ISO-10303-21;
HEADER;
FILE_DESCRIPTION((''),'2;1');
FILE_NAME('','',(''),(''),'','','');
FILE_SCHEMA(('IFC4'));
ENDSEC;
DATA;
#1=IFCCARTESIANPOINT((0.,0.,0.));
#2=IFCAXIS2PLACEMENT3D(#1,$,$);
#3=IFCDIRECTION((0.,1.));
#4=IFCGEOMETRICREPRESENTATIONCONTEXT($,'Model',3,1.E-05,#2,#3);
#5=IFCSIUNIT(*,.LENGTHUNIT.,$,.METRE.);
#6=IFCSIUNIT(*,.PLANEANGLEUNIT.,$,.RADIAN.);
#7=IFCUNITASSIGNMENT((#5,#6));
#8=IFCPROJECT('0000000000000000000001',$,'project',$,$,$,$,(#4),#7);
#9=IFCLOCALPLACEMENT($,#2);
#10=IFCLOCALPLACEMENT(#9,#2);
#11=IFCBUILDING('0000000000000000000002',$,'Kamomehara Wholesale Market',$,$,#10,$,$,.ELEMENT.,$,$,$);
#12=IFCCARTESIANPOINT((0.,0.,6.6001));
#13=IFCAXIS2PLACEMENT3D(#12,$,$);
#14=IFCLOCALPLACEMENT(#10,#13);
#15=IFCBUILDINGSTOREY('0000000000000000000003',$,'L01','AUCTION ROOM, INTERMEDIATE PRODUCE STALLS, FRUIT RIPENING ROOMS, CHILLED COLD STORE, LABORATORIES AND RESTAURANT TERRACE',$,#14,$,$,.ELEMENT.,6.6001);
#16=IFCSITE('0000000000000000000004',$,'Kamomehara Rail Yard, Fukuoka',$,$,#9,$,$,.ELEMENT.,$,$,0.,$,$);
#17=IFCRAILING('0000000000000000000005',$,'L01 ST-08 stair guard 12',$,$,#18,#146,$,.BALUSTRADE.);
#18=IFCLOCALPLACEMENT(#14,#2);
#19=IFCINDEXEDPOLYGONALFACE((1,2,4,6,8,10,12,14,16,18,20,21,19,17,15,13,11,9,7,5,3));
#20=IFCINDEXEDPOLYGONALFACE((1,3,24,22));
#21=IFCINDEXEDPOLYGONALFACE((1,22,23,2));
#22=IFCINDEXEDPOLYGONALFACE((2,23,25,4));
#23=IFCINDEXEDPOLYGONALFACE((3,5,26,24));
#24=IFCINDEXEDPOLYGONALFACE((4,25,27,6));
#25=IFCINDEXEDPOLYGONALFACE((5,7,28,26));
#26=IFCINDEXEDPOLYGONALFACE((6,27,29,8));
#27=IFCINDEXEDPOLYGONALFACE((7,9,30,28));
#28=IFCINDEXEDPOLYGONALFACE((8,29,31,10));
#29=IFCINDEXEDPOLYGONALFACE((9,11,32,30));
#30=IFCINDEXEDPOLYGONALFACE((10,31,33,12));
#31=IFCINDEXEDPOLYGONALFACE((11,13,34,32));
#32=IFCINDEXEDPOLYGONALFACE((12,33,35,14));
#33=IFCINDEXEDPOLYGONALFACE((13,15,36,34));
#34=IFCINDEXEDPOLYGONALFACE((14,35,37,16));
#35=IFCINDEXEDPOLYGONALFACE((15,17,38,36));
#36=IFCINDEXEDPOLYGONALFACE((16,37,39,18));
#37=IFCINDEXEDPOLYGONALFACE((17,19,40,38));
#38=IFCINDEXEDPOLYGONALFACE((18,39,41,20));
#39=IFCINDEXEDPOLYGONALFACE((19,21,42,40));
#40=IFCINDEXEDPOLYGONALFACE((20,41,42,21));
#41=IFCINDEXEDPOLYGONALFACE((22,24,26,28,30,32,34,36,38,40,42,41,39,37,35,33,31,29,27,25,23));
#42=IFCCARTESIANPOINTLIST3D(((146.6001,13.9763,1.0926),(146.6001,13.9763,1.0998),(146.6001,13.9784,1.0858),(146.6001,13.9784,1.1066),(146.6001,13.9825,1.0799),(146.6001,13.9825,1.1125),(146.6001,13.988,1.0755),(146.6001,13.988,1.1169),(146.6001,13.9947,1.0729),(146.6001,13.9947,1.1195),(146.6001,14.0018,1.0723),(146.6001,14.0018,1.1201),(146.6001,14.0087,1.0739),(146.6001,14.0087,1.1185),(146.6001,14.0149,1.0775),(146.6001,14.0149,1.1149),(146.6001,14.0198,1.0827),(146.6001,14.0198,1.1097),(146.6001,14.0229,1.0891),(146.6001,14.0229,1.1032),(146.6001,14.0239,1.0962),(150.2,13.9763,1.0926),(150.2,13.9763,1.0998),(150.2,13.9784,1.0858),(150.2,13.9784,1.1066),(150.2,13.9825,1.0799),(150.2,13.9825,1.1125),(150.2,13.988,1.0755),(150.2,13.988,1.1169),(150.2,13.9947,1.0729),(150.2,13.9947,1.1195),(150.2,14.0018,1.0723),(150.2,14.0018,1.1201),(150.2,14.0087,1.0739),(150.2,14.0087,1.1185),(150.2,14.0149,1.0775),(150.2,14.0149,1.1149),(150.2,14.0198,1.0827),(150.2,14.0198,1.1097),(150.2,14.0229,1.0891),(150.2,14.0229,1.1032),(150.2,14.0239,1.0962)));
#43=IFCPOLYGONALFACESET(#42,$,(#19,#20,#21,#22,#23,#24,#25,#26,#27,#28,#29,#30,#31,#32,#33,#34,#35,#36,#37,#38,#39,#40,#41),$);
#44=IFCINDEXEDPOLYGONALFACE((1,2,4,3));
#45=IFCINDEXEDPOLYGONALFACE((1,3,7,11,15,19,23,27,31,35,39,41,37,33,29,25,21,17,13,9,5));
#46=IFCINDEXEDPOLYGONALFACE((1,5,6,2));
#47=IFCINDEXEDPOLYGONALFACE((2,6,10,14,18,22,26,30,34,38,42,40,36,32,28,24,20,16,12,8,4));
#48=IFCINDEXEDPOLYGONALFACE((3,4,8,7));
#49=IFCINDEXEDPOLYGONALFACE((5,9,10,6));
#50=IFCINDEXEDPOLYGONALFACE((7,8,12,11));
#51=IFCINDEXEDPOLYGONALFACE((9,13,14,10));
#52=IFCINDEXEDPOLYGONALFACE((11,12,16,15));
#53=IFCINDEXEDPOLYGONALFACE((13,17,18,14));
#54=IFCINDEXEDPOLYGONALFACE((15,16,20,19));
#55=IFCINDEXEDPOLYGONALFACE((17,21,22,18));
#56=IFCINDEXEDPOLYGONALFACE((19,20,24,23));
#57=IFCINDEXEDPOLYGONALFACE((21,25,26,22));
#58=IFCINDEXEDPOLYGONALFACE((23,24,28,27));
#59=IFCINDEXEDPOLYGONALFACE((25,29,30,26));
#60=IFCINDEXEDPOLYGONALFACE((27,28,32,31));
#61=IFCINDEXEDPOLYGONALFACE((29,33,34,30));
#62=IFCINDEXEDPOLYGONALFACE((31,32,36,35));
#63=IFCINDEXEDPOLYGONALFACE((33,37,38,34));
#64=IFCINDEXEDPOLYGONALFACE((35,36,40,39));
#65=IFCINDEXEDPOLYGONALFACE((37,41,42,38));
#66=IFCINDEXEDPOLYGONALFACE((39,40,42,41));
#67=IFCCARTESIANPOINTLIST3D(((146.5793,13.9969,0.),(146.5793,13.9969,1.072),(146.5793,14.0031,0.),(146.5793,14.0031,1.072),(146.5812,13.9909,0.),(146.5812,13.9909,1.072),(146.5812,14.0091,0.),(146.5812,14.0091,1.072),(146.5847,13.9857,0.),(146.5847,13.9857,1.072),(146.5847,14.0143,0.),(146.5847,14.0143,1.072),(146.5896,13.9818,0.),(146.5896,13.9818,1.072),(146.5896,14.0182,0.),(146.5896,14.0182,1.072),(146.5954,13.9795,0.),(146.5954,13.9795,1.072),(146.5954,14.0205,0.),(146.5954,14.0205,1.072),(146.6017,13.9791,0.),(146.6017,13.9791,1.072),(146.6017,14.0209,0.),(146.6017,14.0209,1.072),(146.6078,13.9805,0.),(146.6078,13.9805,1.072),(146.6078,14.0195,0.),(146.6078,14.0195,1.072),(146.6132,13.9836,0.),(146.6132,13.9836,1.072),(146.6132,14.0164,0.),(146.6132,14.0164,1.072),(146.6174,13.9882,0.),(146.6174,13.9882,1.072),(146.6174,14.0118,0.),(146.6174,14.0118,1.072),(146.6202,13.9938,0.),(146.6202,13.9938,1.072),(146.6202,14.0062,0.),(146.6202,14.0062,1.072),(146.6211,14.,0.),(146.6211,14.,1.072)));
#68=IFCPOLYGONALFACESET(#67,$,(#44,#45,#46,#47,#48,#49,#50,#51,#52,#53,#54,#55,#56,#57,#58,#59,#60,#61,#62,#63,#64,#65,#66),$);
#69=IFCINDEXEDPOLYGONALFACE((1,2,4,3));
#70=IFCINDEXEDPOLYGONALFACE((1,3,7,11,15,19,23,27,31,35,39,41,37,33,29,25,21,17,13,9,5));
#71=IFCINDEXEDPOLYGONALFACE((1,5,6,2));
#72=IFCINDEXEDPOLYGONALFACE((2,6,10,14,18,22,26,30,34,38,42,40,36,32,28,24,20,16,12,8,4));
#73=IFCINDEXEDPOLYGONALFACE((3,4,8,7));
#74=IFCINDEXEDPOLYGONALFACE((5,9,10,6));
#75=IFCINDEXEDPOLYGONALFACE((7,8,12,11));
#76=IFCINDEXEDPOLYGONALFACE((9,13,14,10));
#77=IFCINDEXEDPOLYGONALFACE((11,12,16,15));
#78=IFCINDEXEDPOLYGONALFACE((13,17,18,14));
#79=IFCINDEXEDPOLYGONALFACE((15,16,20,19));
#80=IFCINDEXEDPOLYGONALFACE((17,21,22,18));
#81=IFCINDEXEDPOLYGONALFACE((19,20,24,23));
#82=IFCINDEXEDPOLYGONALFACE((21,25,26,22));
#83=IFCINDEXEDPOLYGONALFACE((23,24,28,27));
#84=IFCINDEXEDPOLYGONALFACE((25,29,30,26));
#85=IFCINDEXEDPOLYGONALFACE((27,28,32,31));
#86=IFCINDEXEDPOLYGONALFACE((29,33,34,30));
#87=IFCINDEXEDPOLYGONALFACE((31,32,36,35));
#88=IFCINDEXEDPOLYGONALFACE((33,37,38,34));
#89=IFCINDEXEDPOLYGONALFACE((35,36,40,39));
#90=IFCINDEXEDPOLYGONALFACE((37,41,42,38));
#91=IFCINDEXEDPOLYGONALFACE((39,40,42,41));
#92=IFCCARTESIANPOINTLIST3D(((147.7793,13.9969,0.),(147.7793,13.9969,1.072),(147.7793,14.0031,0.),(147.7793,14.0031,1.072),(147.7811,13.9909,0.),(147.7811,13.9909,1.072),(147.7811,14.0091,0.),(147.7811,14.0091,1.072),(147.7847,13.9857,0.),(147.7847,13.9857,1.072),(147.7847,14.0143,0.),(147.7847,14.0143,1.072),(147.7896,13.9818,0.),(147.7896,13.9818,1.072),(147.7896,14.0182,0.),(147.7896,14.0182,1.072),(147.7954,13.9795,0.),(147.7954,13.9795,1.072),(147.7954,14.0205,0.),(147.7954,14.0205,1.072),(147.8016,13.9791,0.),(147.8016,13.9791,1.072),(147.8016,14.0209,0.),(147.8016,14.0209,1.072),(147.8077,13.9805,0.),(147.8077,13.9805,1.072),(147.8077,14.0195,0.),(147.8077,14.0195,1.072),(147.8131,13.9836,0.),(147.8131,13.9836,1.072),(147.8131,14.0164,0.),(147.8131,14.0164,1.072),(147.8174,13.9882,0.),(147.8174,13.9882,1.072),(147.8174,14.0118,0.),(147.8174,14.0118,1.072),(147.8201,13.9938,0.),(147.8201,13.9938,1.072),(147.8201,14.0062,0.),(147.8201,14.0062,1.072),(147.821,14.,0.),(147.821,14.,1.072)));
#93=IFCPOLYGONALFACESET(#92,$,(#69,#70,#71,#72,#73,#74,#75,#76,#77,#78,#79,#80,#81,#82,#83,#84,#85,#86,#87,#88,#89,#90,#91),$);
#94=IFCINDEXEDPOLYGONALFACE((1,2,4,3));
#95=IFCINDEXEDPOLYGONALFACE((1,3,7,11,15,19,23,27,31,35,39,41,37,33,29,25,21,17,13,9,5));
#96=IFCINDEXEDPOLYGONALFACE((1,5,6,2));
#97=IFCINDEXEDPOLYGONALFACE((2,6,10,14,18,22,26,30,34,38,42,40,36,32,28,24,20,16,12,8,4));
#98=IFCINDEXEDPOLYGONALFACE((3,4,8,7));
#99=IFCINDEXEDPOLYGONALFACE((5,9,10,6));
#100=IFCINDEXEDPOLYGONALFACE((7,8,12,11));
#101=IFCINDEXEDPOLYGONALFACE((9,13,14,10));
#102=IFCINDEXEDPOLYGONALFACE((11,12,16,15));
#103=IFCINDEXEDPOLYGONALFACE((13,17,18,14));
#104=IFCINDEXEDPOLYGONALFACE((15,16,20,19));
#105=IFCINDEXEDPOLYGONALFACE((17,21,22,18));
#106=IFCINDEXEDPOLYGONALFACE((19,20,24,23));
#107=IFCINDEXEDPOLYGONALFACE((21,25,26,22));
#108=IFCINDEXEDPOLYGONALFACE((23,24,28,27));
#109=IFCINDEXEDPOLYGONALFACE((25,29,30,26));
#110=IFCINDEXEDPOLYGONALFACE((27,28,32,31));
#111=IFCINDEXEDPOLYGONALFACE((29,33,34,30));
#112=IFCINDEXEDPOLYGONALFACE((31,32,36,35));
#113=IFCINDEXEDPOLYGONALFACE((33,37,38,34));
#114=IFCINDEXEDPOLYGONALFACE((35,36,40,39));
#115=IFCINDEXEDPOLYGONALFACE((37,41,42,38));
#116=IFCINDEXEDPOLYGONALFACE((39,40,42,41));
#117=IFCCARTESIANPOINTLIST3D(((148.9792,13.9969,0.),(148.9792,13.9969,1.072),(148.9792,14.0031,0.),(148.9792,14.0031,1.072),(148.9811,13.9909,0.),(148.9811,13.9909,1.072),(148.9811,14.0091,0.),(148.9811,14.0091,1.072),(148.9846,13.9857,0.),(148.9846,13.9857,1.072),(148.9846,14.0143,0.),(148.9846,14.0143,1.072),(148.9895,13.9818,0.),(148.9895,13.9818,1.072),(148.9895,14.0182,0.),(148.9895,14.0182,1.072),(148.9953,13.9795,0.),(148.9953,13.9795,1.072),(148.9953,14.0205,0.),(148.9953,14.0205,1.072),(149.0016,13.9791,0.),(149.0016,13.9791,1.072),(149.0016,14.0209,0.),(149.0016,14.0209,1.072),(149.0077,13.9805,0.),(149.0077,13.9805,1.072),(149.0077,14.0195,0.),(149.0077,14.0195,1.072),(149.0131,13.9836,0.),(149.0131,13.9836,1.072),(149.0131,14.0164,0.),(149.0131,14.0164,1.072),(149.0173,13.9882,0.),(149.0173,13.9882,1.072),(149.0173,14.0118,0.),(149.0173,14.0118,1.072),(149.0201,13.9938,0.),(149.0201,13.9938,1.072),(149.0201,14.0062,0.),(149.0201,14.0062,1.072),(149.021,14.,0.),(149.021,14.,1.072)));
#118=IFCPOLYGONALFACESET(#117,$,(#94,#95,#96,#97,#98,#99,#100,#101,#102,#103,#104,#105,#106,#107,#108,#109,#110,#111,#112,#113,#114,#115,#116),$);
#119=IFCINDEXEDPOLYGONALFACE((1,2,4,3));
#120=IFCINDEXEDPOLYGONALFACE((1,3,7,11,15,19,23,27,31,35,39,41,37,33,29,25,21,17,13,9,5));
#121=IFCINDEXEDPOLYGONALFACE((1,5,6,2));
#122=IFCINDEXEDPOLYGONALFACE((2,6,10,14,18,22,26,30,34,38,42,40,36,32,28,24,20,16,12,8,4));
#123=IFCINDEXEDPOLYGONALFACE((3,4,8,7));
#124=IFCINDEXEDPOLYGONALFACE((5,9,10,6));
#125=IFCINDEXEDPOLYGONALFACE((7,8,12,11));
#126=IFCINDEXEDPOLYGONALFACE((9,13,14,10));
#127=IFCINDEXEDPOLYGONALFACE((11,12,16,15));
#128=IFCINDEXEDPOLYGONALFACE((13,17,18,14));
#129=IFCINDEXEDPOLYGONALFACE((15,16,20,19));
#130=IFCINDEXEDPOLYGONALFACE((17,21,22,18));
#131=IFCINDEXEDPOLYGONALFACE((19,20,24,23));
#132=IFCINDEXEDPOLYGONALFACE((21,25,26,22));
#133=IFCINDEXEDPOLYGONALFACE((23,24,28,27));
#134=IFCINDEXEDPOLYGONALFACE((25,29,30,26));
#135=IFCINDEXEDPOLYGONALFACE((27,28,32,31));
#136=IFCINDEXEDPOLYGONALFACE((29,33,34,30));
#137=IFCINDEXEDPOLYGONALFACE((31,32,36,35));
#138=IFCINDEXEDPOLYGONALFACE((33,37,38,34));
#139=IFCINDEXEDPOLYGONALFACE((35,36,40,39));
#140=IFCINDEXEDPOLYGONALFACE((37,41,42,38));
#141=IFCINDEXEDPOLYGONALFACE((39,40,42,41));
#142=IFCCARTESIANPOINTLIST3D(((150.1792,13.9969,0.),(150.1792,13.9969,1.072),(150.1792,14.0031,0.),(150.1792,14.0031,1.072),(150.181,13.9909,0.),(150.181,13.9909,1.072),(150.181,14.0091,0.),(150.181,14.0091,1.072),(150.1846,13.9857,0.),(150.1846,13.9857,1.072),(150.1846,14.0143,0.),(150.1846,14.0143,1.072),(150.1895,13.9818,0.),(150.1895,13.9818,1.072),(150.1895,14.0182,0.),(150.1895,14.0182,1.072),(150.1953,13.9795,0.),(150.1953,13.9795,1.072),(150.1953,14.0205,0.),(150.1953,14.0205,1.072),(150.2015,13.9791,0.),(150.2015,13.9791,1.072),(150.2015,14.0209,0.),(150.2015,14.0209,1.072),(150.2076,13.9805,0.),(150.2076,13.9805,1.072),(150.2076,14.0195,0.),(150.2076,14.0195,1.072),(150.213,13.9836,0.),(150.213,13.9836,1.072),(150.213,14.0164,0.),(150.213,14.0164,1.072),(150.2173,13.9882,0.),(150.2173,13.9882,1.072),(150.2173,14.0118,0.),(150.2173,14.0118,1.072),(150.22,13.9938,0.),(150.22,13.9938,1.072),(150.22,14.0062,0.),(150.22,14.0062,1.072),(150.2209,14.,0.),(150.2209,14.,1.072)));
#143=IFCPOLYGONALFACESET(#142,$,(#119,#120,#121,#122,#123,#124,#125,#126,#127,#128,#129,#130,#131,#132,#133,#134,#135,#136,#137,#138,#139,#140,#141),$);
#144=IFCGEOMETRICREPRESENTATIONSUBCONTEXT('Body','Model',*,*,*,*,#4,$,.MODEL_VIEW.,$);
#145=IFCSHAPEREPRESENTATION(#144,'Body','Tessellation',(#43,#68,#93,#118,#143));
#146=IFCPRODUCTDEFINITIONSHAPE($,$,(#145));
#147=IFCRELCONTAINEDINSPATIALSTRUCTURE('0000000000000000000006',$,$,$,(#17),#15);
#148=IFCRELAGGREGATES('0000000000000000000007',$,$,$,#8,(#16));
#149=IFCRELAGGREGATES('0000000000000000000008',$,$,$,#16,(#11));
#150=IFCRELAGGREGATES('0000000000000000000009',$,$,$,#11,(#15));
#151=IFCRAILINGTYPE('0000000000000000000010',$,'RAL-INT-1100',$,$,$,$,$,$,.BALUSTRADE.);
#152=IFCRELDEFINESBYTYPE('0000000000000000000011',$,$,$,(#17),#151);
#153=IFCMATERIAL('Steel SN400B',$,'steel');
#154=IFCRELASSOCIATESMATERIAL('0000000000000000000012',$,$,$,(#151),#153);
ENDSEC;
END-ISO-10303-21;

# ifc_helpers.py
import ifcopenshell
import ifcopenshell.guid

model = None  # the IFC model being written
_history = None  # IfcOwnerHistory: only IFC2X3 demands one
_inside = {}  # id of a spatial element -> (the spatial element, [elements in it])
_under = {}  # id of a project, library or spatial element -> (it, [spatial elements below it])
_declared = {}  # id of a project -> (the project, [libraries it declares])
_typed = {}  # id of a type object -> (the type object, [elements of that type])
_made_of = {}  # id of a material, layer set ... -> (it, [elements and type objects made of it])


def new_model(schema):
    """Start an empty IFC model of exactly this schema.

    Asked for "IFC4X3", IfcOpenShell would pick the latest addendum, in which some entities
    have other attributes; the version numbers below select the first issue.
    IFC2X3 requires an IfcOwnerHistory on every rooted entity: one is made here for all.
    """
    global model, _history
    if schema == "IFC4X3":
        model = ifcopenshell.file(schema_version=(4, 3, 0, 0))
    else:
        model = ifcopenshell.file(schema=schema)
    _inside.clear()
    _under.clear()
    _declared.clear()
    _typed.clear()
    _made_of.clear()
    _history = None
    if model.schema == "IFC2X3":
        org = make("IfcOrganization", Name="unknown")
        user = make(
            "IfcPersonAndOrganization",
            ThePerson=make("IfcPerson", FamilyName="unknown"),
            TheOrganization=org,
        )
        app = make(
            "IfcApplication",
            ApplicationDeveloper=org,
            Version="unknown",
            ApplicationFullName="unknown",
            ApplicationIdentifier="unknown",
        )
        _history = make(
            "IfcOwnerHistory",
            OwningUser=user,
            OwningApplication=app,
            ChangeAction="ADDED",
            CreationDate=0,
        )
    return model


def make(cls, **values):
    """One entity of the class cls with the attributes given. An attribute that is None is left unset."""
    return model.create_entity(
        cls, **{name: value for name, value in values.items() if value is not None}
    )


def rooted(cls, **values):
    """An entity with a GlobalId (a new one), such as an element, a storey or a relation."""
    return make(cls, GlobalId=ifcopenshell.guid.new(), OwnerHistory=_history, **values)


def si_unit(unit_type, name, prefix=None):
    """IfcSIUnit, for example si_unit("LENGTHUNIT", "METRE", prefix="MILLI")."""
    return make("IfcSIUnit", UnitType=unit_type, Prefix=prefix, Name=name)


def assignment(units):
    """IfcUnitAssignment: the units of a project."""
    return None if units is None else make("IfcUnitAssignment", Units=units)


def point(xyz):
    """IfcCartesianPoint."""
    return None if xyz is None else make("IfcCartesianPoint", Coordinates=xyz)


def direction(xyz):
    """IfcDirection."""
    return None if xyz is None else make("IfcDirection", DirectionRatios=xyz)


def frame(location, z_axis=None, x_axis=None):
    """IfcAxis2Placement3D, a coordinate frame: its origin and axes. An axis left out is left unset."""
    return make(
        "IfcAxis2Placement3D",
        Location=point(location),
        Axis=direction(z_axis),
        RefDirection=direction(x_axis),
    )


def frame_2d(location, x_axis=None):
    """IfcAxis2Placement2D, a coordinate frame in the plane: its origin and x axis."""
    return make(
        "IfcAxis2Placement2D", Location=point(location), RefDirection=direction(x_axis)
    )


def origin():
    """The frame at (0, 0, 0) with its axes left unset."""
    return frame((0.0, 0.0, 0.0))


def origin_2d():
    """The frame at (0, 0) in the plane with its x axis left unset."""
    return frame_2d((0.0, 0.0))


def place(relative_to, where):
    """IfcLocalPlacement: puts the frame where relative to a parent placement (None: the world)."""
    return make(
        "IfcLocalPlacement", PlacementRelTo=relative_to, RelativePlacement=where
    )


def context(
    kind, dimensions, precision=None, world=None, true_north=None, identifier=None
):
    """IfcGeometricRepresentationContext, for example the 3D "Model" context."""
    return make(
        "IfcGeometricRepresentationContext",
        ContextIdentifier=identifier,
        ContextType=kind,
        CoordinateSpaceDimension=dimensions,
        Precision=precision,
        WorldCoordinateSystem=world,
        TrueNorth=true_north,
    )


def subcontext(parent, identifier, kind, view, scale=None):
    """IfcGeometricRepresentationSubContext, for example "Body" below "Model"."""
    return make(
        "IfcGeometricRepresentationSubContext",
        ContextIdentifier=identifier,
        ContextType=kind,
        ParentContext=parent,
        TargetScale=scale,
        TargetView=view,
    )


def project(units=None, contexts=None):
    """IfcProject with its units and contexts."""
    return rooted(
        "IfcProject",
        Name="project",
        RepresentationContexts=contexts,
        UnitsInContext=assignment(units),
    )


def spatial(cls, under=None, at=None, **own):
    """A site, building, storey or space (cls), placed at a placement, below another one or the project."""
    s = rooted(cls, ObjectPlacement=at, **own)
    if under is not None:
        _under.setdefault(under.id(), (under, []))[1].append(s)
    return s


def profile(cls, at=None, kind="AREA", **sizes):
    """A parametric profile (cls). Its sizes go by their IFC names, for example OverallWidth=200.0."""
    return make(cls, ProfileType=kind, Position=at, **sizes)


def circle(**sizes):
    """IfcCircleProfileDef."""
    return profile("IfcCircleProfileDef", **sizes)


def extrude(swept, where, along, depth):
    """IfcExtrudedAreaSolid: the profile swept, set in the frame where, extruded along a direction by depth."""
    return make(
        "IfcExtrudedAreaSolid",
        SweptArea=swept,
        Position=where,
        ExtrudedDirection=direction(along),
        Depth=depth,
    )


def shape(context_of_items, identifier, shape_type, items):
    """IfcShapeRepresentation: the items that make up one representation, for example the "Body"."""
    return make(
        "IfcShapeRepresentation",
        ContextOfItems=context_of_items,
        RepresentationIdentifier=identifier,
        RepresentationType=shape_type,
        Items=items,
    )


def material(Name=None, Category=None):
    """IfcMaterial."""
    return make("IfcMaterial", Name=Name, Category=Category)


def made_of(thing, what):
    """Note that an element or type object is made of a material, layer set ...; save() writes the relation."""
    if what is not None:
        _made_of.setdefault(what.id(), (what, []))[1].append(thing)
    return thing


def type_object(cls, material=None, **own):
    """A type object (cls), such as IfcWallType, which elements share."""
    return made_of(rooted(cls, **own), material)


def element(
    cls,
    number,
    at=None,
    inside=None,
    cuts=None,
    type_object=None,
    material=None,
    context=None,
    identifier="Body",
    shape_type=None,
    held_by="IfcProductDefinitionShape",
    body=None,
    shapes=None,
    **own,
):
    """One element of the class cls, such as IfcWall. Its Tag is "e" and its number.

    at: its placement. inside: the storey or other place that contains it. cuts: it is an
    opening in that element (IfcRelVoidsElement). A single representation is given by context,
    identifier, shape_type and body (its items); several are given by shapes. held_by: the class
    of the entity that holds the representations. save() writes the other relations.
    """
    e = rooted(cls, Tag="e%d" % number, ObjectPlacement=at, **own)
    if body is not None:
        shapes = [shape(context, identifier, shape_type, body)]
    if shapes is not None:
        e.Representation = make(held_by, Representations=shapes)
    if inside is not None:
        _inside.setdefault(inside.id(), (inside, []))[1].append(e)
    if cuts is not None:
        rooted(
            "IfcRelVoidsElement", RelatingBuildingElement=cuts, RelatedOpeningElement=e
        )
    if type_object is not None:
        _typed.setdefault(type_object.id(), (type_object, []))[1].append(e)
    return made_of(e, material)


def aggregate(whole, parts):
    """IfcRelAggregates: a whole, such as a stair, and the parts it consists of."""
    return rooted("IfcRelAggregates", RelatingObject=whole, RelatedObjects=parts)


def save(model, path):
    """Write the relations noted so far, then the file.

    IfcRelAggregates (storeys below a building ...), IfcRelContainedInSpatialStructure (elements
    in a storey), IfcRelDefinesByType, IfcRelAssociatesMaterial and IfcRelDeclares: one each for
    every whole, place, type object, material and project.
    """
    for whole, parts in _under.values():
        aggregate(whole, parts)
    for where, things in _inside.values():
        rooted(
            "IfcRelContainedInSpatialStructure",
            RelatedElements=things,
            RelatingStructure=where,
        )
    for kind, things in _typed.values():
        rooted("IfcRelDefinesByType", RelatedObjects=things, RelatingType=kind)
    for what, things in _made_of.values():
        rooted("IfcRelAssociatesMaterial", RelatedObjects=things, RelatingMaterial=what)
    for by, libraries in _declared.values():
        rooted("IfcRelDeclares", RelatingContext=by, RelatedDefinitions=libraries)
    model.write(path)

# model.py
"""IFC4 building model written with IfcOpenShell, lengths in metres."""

from ifc_helpers import new_model, si_unit, direction, frame, origin, origin_2d, place, context, subcontext, project, spatial, circle, extrude, material, type_object, element, save


model = new_model("IFC4")

# Units and contexts
model_context = context("Model", 3, precision=1e-05, world=origin(), true_north=direction((0.0, 1.0)))
body_context = subcontext(model_context, "Body", "Model", "MODEL_VIEW")
ifc_project = project(units=[si_unit("LENGTHUNIT", "METRE"), si_unit("PLANEANGLEUNIT", "RADIAN")], contexts=[model_context])

# Site, building, storey
site_placement = place(None, origin())
site = spatial("IfcSite", under=ifc_project, at=site_placement, Name="Kamomehara Rail Yard, Fukuoka", CompositionType="ELEMENT", RefElevation=0.0)
building_placement = place(site_placement, origin())
building = spatial("IfcBuilding", under=site, at=building_placement, Name="Kamomehara Wholesale Market", CompositionType="ELEMENT")
storey_placement = place(building_placement, frame((0.0, 0.0, 6.6001)))
storey = spatial("IfcBuildingStorey", under=building, at=storey_placement, Name="L01", Description="AUCTION ROOM, INTERMEDIATE PRODUCE STALLS, FRUIT RIPENING ROOMS, CHILLED COLD STORE, LABORATORIES AND RESTAURANT TERRACE", CompositionType="ELEMENT", Elevation=6.6001)

# Railing
ifc_material_1 = material(Name="Steel SN400B", Category="steel")
railing_type_1 = type_object("IfcRailingType", Name="RAL-INT-1100", PredefinedType="BALUSTRADE", material=ifc_material_1)
railing_1_placement = place(storey_placement, frame((146.6001, 14.0, 0.0)))
element("IfcRailing", 1, at=railing_1_placement, inside=storey, type_object=railing_type_1, Name="L01 ST-08 stair guard 12", PredefinedType="BALUSTRADE", context=body_context, shape_type="SweptSolid", body=[
    extrude(circle(Radius=0.0239, at=origin_2d()), frame((0.0, 0.0, 1.0962), z_axis=(1.0, 0.0, 0.0), x_axis=(0.0, 1.0, 0.0)), (0.0, 0.0, 1.0), 3.5999),
    extrude(circle(Radius=0.021, at=origin_2d()), origin(), (0.0, 0.0, 1.0), 1.072),
    extrude(circle(Radius=0.021, at=origin_2d()), frame((1.2, 0.0, 0.0)), (0.0, 0.0, 1.0), 1.072),
    extrude(circle(Radius=0.021, at=origin_2d()), frame((2.3999, 0.0, 0.0)), (0.0, 0.0, 1.0), 1.072),
    extrude(circle(Radius=0.021, at=origin_2d()), frame((3.5999, 0.0, 0.0)), (0.0, 0.0, 1.0), 1.072),
])

save(model, "model.ifc")
